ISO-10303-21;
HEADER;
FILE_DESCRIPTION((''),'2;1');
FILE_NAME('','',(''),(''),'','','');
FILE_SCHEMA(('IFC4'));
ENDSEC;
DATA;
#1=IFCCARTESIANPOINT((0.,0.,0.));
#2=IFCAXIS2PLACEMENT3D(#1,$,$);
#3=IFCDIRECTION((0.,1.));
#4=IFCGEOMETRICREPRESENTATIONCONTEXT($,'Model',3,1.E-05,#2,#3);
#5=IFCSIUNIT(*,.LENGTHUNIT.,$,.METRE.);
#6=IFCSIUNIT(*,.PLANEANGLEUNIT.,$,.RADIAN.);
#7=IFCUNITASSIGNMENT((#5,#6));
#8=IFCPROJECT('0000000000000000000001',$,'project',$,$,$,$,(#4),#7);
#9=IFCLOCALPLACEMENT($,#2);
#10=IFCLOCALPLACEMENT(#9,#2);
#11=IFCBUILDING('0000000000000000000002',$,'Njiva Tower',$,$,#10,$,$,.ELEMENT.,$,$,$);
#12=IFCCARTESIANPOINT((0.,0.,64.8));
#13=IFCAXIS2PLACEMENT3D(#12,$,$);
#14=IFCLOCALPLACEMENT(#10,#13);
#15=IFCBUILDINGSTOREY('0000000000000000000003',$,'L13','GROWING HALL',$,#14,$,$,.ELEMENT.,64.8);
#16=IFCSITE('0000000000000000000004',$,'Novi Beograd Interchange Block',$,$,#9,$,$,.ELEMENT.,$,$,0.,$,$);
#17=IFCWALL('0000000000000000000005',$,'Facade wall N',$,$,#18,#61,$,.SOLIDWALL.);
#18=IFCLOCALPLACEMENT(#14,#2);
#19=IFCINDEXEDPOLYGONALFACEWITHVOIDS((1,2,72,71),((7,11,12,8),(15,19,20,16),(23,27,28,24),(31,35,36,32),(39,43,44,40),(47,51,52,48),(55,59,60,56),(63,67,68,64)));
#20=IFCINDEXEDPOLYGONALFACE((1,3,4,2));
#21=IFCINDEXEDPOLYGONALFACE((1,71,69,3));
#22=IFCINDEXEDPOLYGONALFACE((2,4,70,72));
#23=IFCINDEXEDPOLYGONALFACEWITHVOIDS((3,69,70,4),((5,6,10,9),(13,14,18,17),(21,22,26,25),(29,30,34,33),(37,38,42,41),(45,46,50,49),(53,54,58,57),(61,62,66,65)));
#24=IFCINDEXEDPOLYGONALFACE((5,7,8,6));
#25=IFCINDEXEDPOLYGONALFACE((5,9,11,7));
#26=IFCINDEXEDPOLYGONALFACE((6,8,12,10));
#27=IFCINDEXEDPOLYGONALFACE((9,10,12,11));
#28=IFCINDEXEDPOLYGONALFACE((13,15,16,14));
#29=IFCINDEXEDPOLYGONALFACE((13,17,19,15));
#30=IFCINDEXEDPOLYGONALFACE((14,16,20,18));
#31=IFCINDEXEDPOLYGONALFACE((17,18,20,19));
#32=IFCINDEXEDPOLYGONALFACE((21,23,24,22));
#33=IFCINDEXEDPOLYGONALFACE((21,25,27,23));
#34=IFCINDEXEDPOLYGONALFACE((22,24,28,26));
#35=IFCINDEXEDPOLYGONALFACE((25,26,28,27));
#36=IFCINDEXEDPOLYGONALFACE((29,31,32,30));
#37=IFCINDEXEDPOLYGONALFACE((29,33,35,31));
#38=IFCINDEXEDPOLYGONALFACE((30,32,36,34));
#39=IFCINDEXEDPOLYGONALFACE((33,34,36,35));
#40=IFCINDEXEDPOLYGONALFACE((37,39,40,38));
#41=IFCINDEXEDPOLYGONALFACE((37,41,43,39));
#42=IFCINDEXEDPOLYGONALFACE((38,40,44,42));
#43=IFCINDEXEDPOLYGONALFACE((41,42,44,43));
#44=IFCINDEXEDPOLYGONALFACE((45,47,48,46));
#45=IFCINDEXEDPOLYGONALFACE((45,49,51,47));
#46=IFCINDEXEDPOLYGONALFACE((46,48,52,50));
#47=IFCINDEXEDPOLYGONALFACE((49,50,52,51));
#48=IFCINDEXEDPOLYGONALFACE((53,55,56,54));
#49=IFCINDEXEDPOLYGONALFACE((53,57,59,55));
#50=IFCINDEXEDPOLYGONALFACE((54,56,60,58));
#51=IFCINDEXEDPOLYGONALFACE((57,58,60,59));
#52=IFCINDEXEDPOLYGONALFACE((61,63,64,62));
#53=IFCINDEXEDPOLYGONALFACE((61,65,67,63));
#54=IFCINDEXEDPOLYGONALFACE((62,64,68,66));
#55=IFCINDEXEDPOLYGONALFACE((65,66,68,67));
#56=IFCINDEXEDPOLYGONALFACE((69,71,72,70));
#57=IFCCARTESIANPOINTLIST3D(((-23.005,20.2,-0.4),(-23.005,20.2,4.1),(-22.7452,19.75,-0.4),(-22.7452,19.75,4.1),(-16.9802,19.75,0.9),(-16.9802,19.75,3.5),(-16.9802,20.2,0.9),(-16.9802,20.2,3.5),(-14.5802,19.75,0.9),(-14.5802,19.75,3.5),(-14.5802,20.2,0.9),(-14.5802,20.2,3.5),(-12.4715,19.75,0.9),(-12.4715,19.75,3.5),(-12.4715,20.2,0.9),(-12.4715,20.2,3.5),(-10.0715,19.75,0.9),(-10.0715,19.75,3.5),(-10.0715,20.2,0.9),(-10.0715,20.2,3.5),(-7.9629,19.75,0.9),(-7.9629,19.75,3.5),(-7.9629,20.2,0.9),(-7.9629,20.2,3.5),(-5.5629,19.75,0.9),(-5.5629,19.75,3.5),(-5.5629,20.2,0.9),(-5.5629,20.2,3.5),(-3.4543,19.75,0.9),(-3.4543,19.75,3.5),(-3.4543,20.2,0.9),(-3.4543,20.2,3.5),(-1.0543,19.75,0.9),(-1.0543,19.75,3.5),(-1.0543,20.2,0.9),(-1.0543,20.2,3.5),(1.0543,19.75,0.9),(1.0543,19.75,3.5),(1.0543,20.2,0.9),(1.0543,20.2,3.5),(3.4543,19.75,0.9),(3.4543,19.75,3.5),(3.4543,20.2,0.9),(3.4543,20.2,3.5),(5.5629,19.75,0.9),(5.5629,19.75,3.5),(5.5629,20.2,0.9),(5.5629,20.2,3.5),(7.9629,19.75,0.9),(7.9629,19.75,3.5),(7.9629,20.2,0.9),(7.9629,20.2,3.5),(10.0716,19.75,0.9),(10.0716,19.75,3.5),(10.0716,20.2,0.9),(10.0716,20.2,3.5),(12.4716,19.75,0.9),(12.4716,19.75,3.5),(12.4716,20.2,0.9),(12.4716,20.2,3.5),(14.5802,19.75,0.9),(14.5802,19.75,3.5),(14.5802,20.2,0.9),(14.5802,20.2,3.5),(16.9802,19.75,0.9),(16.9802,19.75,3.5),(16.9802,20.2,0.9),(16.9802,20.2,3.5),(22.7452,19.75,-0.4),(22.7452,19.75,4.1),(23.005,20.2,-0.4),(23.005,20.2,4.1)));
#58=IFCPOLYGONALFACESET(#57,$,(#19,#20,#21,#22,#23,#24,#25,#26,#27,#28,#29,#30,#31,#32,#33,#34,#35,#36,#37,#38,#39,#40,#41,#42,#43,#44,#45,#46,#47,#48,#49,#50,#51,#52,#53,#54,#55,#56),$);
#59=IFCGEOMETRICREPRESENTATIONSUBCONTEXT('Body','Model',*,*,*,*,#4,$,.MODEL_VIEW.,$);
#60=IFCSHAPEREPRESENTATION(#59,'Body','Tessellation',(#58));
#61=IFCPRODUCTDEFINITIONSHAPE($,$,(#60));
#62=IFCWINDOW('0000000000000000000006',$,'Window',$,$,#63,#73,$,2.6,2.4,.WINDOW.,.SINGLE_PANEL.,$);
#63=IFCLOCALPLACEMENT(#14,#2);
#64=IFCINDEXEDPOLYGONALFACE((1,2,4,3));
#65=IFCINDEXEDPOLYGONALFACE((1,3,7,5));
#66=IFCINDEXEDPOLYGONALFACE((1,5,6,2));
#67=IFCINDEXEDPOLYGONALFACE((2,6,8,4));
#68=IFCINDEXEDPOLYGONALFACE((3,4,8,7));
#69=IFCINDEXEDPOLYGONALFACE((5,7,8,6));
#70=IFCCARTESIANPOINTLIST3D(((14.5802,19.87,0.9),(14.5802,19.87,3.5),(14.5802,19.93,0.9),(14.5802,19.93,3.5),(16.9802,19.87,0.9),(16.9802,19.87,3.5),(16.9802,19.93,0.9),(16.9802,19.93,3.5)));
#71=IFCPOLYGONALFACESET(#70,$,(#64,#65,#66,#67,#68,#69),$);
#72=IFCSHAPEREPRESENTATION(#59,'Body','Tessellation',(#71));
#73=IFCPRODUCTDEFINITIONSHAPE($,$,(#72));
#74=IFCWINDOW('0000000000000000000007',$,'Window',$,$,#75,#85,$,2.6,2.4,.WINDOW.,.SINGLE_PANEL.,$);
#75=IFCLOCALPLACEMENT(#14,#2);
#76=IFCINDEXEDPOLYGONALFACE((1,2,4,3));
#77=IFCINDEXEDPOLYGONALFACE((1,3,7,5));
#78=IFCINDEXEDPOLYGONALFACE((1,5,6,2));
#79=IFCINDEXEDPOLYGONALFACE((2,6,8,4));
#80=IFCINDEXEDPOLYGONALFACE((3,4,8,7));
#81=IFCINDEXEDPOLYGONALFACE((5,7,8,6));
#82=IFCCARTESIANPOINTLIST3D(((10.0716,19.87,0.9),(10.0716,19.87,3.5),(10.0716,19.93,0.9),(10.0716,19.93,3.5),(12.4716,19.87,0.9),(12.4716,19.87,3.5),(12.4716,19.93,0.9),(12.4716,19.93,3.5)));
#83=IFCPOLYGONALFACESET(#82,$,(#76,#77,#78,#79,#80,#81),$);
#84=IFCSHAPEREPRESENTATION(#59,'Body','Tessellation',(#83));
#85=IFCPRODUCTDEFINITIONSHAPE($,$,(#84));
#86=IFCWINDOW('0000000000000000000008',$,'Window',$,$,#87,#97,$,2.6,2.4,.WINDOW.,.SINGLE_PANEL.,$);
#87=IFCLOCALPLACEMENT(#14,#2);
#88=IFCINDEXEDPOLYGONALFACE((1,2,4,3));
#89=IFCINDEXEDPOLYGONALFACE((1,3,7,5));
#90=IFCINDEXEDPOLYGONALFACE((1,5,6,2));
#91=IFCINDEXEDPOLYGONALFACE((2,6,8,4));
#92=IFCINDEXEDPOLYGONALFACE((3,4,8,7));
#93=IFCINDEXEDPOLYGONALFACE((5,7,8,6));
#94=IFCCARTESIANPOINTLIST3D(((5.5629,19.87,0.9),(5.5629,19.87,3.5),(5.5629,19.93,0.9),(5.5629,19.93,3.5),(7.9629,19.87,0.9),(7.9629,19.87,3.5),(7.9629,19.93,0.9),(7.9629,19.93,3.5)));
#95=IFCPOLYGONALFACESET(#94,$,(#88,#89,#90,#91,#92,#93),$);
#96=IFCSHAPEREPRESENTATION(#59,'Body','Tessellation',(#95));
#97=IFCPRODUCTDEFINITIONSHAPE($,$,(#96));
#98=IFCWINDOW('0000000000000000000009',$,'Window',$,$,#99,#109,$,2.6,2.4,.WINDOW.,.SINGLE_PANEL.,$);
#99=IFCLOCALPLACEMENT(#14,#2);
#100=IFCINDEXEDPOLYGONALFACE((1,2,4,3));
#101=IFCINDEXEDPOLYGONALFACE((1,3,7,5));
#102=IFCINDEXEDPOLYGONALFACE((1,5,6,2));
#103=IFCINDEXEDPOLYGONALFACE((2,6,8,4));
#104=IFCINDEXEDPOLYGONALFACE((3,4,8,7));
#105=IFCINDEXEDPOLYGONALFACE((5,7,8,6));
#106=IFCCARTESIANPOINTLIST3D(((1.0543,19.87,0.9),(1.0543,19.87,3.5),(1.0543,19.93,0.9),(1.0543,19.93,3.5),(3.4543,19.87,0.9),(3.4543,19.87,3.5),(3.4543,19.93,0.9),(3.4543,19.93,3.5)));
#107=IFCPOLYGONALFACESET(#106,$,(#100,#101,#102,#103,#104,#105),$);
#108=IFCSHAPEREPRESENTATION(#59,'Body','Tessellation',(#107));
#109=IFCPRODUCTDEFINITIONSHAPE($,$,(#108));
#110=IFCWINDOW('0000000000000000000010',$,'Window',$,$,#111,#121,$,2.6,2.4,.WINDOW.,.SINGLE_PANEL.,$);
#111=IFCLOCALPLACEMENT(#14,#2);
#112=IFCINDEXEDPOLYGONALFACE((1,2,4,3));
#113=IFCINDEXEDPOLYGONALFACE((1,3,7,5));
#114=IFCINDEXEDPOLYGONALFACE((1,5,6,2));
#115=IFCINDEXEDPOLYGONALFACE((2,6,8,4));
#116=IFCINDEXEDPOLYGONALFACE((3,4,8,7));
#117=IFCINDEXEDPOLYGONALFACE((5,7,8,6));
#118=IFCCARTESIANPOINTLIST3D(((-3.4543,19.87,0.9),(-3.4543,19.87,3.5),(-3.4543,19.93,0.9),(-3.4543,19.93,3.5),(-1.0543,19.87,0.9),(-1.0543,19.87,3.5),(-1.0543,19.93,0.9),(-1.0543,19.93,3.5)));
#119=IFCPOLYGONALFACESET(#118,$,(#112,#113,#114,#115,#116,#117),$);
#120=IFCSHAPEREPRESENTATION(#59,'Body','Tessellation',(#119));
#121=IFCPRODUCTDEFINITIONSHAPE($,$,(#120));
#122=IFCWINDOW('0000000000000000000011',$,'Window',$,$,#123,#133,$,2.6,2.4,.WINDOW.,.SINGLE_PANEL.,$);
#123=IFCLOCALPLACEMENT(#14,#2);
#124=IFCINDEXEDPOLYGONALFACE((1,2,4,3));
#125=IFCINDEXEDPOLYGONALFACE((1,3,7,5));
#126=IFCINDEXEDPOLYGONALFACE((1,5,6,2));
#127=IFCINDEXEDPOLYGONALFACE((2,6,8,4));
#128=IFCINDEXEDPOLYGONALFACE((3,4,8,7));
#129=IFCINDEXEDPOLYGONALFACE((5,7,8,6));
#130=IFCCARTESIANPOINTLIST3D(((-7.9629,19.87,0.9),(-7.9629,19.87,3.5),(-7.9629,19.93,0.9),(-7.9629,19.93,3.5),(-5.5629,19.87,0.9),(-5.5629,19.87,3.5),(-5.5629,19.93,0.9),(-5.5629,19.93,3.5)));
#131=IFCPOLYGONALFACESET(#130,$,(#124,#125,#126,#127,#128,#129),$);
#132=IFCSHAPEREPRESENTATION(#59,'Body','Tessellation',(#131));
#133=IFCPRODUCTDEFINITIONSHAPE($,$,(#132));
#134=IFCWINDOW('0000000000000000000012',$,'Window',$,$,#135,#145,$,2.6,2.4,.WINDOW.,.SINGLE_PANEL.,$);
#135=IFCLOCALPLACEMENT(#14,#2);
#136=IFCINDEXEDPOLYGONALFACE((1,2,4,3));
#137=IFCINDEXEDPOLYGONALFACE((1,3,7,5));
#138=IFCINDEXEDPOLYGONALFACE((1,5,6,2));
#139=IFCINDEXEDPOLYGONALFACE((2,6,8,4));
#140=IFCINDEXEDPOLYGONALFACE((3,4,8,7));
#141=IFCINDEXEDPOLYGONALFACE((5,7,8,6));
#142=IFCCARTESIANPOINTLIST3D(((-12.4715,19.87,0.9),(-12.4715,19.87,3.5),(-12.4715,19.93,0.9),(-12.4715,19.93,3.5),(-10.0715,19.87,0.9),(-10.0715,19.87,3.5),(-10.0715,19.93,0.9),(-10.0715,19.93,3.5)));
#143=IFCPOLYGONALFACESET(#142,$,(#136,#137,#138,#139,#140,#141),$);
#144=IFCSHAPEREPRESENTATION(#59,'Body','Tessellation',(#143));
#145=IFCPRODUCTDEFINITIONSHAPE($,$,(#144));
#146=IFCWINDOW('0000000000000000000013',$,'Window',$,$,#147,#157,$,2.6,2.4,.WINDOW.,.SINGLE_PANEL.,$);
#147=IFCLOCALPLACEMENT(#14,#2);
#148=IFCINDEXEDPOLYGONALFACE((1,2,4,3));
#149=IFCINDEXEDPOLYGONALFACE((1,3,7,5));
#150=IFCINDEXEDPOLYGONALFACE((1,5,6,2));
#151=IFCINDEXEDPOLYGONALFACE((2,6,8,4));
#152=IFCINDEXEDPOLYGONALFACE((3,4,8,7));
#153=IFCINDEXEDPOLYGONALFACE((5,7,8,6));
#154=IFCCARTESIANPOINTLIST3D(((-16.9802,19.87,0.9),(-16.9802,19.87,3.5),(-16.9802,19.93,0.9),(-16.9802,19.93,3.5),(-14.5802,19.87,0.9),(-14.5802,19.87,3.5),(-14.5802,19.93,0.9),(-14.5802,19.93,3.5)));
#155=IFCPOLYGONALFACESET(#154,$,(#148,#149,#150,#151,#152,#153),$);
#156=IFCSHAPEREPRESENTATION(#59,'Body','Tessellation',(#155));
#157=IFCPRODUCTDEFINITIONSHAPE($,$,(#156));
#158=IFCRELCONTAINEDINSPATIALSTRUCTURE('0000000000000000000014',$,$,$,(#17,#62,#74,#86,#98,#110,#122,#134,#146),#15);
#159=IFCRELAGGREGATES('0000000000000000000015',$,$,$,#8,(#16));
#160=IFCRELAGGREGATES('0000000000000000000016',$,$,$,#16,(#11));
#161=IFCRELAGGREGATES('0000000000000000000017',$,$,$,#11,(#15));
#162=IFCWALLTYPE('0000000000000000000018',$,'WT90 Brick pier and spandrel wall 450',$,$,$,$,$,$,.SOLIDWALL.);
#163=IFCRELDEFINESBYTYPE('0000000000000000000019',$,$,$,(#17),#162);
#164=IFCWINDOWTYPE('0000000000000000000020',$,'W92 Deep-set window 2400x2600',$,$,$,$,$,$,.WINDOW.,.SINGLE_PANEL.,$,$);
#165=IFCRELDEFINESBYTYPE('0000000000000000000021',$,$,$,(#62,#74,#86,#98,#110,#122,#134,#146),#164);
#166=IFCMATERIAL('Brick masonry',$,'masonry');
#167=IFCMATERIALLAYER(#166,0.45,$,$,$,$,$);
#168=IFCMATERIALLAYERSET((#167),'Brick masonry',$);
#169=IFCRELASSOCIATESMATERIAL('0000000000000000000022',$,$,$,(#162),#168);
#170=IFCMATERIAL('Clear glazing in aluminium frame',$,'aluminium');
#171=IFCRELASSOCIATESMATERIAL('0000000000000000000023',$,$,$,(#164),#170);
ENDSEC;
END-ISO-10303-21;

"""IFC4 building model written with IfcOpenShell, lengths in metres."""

from ifc_helpers import new_model, si_unit, direction, frame, frame_2d, origin, place, context, subcontext, project, spatial, polyline, rectangle, outline, extrude, material, layer, layer_set, type_object, element, fill, save


model = new_model("IFC4")

# Units and contexts
model_context = context("Model", 3, precision=1e-05, world=origin(), true_north=direction((0.0, 1.0)))
body_context = subcontext(model_context, "Body", "Model", "MODEL_VIEW")
ifc_project = project(units=[si_unit("LENGTHUNIT", "METRE"), si_unit("PLANEANGLEUNIT", "RADIAN")], contexts=[model_context])

# Site, building, storey
site_placement = place(None, origin())
site = spatial("IfcSite", under=ifc_project, at=site_placement, Name="Novi Beograd Interchange Block", CompositionType="ELEMENT", RefElevation=0.0)
building_placement = place(site_placement, origin())
building = spatial("IfcBuilding", under=site, at=building_placement, Name="Njiva Tower", CompositionType="ELEMENT")
storey_placement = place(building_placement, frame((0.0, 0.0, 64.8)))
storey = spatial("IfcBuildingStorey", under=building, at=storey_placement, Name="L13", Description="GROWING HALL", CompositionType="ELEMENT", Elevation=64.8)

# Wall, openings, windows
ifc_material_1 = material(Name="Brick masonry", Category="masonry")
ifc_layer_1 = layer(ifc_material_1, 0.45)
ifc_layer_set_1 = layer_set([ifc_layer_1], Name="Brick masonry")
wall_type_1 = type_object("IfcWallType", Name="WT90 Brick pier and spandrel wall 450", PredefinedType="SOLIDWALL", material=ifc_layer_set_1)
wall_1_placement = place(storey_placement, frame((22.8751, 19.975, -0.4), z_axis=(0.0, 0.0, 1.0), x_axis=(-1.0, 0.0, 0.0)))
wall_1 = element("IfcWall", 1, at=wall_1_placement, inside=storey, type_object=wall_type_1, Name="Facade wall N", PredefinedType="SOLIDWALL", context=body_context, shape_type="SweptSolid", body=[
    extrude(outline(polyline([(-0.1299, -0.225), (45.8801, -0.225), (45.6203, 0.225), (0.1299, 0.225), (-0.1299, -0.225)])), origin(), (0.0, 0.0, 1.0), 4.5),
])
opening_1_placement = place(wall_1_placement, frame((5.8949, 0.0, 1.3)))
opening_1 = element("IfcOpeningElement", 2, at=opening_1_placement, cuts=wall_1, PredefinedType="OPENING", context=body_context, shape_type="SweptSolid", body=[
    extrude(rectangle(XDim=2.4, YDim=2.6, at=frame_2d((1.2, 1.3))), frame((0.0, 0.235, 0.0), z_axis=(0.0, -1.0, 0.0), x_axis=(1.0, 0.0, 0.0)), (0.0, 0.0, 1.0), 0.47),
])
opening_2_placement = place(wall_1_placement, frame((10.4035, 0.0, 1.3)))
opening_2 = element("IfcOpeningElement", 3, at=opening_2_placement, cuts=wall_1, PredefinedType="OPENING", context=body_context, shape_type="SweptSolid", body=[
    extrude(rectangle(XDim=2.4, YDim=2.6, at=frame_2d((1.2, 1.3))), frame((0.0, 0.235, 0.0), z_axis=(0.0, -1.0, 0.0), x_axis=(1.0, 0.0, 0.0)), (0.0, 0.0, 1.0), 0.47),
])
opening_3_placement = place(wall_1_placement, frame((14.9122, 0.0, 1.3)))
opening_3 = element("IfcOpeningElement", 4, at=opening_3_placement, cuts=wall_1, PredefinedType="OPENING", context=body_context, shape_type="SweptSolid", body=[
    extrude(rectangle(XDim=2.4, YDim=2.6, at=frame_2d((1.2, 1.3))), frame((0.0, 0.235, 0.0), z_axis=(0.0, -1.0, 0.0), x_axis=(1.0, 0.0, 0.0)), (0.0, 0.0, 1.0), 0.47),
])
opening_4_placement = place(wall_1_placement, frame((19.4208, 0.0, 1.3)))
opening_4 = element("IfcOpeningElement", 5, at=opening_4_placement, cuts=wall_1, PredefinedType="OPENING", context=body_context, shape_type="SweptSolid", body=[
    extrude(rectangle(XDim=2.4, YDim=2.6, at=frame_2d((1.2, 1.3))), frame((0.0, 0.235, 0.0), z_axis=(0.0, -1.0, 0.0), x_axis=(1.0, 0.0, 0.0)), (0.0, 0.0, 1.0), 0.47),
])
opening_5_placement = place(wall_1_placement, frame((23.9294, 0.0, 1.3)))
opening_5 = element("IfcOpeningElement", 6, at=opening_5_placement, cuts=wall_1, PredefinedType="OPENING", context=body_context, shape_type="SweptSolid", body=[
    extrude(rectangle(XDim=2.4, YDim=2.6, at=frame_2d((1.2, 1.3))), frame((0.0, 0.235, 0.0), z_axis=(0.0, -1.0, 0.0), x_axis=(1.0, 0.0, 0.0)), (0.0, 0.0, 1.0), 0.47),
])
opening_6_placement = place(wall_1_placement, frame((28.438, 0.0, 1.3)))
opening_6 = element("IfcOpeningElement", 7, at=opening_6_placement, cuts=wall_1, PredefinedType="OPENING", context=body_context, shape_type="SweptSolid", body=[
    extrude(rectangle(XDim=2.4, YDim=2.6, at=frame_2d((1.2, 1.3))), frame((0.0, 0.235, 0.0), z_axis=(0.0, -1.0, 0.0), x_axis=(1.0, 0.0, 0.0)), (0.0, 0.0, 1.0), 0.47),
])
opening_7_placement = place(wall_1_placement, frame((32.9466, 0.0, 1.3)))
opening_7 = element("IfcOpeningElement", 8, at=opening_7_placement, cuts=wall_1, PredefinedType="OPENING", context=body_context, shape_type="SweptSolid", body=[
    extrude(rectangle(XDim=2.4, YDim=2.6, at=frame_2d((1.2, 1.3))), frame((0.0, 0.235, 0.0), z_axis=(0.0, -1.0, 0.0), x_axis=(1.0, 0.0, 0.0)), (0.0, 0.0, 1.0), 0.47),
])
opening_8_placement = place(wall_1_placement, frame((37.4553, 0.0, 1.3)))
opening_8 = element("IfcOpeningElement", 9, at=opening_8_placement, cuts=wall_1, PredefinedType="OPENING", context=body_context, shape_type="SweptSolid", body=[
    extrude(rectangle(XDim=2.4, YDim=2.6, at=frame_2d((1.2, 1.3))), frame((0.0, 0.235, 0.0), z_axis=(0.0, -1.0, 0.0), x_axis=(1.0, 0.0, 0.0)), (0.0, 0.0, 1.0), 0.47),
])
ifc_material_2 = material(Name="Clear glazing in aluminium frame", Category="aluminium")
window_type = type_object("IfcWindowType", Name="W92 Deep-set window 2400x2600", PartitioningType="SINGLE_PANEL", PredefinedType="WINDOW", material=ifc_material_2)
window_1_placement = place(opening_1_placement, origin())
window_1 = element("IfcWindow", 10, at=window_1_placement, inside=storey, type_object=window_type, Name="Window", OverallHeight=2.6, OverallWidth=2.4, PartitioningType="SINGLE_PANEL", PredefinedType="WINDOW", context=body_context, shape_type="SweptSolid", body=[
    extrude(rectangle(XDim=2.4, YDim=2.6, at=frame_2d((1.2, 1.3))), frame((0.0, 0.105, 0.0), z_axis=(0.0, -1.0, 0.0), x_axis=(1.0, 0.0, 0.0)), (0.0, 0.0, 1.0), 0.06),
])
fill(opening_1, window_1)
window_2_placement = place(opening_2_placement, origin())
window_2 = element("IfcWindow", 11, at=window_2_placement, inside=storey, type_object=window_type, Name="Window", OverallHeight=2.6, OverallWidth=2.4, PartitioningType="SINGLE_PANEL", PredefinedType="WINDOW", context=body_context, shape_type="SweptSolid", body=[
    extrude(rectangle(XDim=2.4, YDim=2.6, at=frame_2d((1.2, 1.3))), frame((0.0, 0.105, 0.0), z_axis=(0.0, -1.0, 0.0), x_axis=(1.0, 0.0, 0.0)), (0.0, 0.0, 1.0), 0.06),
])
fill(opening_2, window_2)
window_3_placement = place(opening_3_placement, origin())
window_3 = element("IfcWindow", 12, at=window_3_placement, inside=storey, type_object=window_type, Name="Window", OverallHeight=2.6, OverallWidth=2.4, PartitioningType="SINGLE_PANEL", PredefinedType="WINDOW", context=body_context, shape_type="SweptSolid", body=[
    extrude(rectangle(XDim=2.4, YDim=2.6, at=frame_2d((1.2, 1.3))), frame((0.0, 0.105, 0.0), z_axis=(0.0, -1.0, 0.0), x_axis=(1.0, 0.0, 0.0)), (0.0, 0.0, 1.0), 0.06),
])
fill(opening_3, window_3)
window_4_placement = place(opening_4_placement, origin())
window_4 = element("IfcWindow", 13, at=window_4_placement, inside=storey, type_object=window_type, Name="Window", OverallHeight=2.6, OverallWidth=2.4, PartitioningType="SINGLE_PANEL", PredefinedType="WINDOW", context=body_context, shape_type="SweptSolid", body=[
    extrude(rectangle(XDim=2.4, YDim=2.6, at=frame_2d((1.2, 1.3))), frame((0.0, 0.105, 0.0), z_axis=(0.0, -1.0, 0.0), x_axis=(1.0, 0.0, 0.0)), (0.0, 0.0, 1.0), 0.06),
])
fill(opening_4, window_4)
window_5_placement = place(opening_5_placement, origin())
window_5 = element("IfcWindow", 14, at=window_5_placement, inside=storey, type_object=window_type, Name="Window", OverallHeight=2.6, OverallWidth=2.4, PartitioningType="SINGLE_PANEL", PredefinedType="WINDOW", context=body_context, shape_type="SweptSolid", body=[
    extrude(rectangle(XDim=2.4, YDim=2.6, at=frame_2d((1.2, 1.3))), frame((0.0, 0.105, 0.0), z_axis=(0.0, -1.0, 0.0), x_axis=(1.0, 0.0, 0.0)), (0.0, 0.0, 1.0), 0.06),
])
fill(opening_5, window_5)
window_6_placement = place(opening_6_placement, origin())
window_6 = element("IfcWindow", 15, at=window_6_placement, inside=storey, type_object=window_type, Name="Window", OverallHeight=2.6, OverallWidth=2.4, PartitioningType="SINGLE_PANEL", PredefinedType="WINDOW", context=body_context, shape_type="SweptSolid", body=[
    extrude(rectangle(XDim=2.4, YDim=2.6, at=frame_2d((1.2, 1.3))), frame((0.0, 0.105, 0.0), z_axis=(0.0, -1.0, 0.0), x_axis=(1.0, 0.0, 0.0)), (0.0, 0.0, 1.0), 0.06),
])
fill(opening_6, window_6)
window_7_placement = place(opening_7_placement, origin())
window_7 = element("IfcWindow", 16, at=window_7_placement, inside=storey, type_object=window_type, Name="Window", OverallHeight=2.6, OverallWidth=2.4, PartitioningType="SINGLE_PANEL", PredefinedType="WINDOW", context=body_context, shape_type="SweptSolid", body=[
    extrude(rectangle(XDim=2.4, YDim=2.6, at=frame_2d((1.2, 1.3))), frame((0.0, 0.105, 0.0), z_axis=(0.0, -1.0, 0.0), x_axis=(1.0, 0.0, 0.0)), (0.0, 0.0, 1.0), 0.06),
])
fill(opening_7, window_7)
window_8_placement = place(opening_8_placement, origin())
window_8 = element("IfcWindow", 17, at=window_8_placement, inside=storey, type_object=window_type, Name="Window", OverallHeight=2.6, OverallWidth=2.4, PartitioningType="SINGLE_PANEL", PredefinedType="WINDOW", context=body_context, shape_type="SweptSolid", body=[
    extrude(rectangle(XDim=2.4, YDim=2.6, at=frame_2d((1.2, 1.3))), frame((0.0, 0.105, 0.0), z_axis=(0.0, -1.0, 0.0), x_axis=(1.0, 0.0, 0.0)), (0.0, 0.0, 1.0), 0.06),
])
fill(opening_8, window_8)

save(model, "model.ifc")
